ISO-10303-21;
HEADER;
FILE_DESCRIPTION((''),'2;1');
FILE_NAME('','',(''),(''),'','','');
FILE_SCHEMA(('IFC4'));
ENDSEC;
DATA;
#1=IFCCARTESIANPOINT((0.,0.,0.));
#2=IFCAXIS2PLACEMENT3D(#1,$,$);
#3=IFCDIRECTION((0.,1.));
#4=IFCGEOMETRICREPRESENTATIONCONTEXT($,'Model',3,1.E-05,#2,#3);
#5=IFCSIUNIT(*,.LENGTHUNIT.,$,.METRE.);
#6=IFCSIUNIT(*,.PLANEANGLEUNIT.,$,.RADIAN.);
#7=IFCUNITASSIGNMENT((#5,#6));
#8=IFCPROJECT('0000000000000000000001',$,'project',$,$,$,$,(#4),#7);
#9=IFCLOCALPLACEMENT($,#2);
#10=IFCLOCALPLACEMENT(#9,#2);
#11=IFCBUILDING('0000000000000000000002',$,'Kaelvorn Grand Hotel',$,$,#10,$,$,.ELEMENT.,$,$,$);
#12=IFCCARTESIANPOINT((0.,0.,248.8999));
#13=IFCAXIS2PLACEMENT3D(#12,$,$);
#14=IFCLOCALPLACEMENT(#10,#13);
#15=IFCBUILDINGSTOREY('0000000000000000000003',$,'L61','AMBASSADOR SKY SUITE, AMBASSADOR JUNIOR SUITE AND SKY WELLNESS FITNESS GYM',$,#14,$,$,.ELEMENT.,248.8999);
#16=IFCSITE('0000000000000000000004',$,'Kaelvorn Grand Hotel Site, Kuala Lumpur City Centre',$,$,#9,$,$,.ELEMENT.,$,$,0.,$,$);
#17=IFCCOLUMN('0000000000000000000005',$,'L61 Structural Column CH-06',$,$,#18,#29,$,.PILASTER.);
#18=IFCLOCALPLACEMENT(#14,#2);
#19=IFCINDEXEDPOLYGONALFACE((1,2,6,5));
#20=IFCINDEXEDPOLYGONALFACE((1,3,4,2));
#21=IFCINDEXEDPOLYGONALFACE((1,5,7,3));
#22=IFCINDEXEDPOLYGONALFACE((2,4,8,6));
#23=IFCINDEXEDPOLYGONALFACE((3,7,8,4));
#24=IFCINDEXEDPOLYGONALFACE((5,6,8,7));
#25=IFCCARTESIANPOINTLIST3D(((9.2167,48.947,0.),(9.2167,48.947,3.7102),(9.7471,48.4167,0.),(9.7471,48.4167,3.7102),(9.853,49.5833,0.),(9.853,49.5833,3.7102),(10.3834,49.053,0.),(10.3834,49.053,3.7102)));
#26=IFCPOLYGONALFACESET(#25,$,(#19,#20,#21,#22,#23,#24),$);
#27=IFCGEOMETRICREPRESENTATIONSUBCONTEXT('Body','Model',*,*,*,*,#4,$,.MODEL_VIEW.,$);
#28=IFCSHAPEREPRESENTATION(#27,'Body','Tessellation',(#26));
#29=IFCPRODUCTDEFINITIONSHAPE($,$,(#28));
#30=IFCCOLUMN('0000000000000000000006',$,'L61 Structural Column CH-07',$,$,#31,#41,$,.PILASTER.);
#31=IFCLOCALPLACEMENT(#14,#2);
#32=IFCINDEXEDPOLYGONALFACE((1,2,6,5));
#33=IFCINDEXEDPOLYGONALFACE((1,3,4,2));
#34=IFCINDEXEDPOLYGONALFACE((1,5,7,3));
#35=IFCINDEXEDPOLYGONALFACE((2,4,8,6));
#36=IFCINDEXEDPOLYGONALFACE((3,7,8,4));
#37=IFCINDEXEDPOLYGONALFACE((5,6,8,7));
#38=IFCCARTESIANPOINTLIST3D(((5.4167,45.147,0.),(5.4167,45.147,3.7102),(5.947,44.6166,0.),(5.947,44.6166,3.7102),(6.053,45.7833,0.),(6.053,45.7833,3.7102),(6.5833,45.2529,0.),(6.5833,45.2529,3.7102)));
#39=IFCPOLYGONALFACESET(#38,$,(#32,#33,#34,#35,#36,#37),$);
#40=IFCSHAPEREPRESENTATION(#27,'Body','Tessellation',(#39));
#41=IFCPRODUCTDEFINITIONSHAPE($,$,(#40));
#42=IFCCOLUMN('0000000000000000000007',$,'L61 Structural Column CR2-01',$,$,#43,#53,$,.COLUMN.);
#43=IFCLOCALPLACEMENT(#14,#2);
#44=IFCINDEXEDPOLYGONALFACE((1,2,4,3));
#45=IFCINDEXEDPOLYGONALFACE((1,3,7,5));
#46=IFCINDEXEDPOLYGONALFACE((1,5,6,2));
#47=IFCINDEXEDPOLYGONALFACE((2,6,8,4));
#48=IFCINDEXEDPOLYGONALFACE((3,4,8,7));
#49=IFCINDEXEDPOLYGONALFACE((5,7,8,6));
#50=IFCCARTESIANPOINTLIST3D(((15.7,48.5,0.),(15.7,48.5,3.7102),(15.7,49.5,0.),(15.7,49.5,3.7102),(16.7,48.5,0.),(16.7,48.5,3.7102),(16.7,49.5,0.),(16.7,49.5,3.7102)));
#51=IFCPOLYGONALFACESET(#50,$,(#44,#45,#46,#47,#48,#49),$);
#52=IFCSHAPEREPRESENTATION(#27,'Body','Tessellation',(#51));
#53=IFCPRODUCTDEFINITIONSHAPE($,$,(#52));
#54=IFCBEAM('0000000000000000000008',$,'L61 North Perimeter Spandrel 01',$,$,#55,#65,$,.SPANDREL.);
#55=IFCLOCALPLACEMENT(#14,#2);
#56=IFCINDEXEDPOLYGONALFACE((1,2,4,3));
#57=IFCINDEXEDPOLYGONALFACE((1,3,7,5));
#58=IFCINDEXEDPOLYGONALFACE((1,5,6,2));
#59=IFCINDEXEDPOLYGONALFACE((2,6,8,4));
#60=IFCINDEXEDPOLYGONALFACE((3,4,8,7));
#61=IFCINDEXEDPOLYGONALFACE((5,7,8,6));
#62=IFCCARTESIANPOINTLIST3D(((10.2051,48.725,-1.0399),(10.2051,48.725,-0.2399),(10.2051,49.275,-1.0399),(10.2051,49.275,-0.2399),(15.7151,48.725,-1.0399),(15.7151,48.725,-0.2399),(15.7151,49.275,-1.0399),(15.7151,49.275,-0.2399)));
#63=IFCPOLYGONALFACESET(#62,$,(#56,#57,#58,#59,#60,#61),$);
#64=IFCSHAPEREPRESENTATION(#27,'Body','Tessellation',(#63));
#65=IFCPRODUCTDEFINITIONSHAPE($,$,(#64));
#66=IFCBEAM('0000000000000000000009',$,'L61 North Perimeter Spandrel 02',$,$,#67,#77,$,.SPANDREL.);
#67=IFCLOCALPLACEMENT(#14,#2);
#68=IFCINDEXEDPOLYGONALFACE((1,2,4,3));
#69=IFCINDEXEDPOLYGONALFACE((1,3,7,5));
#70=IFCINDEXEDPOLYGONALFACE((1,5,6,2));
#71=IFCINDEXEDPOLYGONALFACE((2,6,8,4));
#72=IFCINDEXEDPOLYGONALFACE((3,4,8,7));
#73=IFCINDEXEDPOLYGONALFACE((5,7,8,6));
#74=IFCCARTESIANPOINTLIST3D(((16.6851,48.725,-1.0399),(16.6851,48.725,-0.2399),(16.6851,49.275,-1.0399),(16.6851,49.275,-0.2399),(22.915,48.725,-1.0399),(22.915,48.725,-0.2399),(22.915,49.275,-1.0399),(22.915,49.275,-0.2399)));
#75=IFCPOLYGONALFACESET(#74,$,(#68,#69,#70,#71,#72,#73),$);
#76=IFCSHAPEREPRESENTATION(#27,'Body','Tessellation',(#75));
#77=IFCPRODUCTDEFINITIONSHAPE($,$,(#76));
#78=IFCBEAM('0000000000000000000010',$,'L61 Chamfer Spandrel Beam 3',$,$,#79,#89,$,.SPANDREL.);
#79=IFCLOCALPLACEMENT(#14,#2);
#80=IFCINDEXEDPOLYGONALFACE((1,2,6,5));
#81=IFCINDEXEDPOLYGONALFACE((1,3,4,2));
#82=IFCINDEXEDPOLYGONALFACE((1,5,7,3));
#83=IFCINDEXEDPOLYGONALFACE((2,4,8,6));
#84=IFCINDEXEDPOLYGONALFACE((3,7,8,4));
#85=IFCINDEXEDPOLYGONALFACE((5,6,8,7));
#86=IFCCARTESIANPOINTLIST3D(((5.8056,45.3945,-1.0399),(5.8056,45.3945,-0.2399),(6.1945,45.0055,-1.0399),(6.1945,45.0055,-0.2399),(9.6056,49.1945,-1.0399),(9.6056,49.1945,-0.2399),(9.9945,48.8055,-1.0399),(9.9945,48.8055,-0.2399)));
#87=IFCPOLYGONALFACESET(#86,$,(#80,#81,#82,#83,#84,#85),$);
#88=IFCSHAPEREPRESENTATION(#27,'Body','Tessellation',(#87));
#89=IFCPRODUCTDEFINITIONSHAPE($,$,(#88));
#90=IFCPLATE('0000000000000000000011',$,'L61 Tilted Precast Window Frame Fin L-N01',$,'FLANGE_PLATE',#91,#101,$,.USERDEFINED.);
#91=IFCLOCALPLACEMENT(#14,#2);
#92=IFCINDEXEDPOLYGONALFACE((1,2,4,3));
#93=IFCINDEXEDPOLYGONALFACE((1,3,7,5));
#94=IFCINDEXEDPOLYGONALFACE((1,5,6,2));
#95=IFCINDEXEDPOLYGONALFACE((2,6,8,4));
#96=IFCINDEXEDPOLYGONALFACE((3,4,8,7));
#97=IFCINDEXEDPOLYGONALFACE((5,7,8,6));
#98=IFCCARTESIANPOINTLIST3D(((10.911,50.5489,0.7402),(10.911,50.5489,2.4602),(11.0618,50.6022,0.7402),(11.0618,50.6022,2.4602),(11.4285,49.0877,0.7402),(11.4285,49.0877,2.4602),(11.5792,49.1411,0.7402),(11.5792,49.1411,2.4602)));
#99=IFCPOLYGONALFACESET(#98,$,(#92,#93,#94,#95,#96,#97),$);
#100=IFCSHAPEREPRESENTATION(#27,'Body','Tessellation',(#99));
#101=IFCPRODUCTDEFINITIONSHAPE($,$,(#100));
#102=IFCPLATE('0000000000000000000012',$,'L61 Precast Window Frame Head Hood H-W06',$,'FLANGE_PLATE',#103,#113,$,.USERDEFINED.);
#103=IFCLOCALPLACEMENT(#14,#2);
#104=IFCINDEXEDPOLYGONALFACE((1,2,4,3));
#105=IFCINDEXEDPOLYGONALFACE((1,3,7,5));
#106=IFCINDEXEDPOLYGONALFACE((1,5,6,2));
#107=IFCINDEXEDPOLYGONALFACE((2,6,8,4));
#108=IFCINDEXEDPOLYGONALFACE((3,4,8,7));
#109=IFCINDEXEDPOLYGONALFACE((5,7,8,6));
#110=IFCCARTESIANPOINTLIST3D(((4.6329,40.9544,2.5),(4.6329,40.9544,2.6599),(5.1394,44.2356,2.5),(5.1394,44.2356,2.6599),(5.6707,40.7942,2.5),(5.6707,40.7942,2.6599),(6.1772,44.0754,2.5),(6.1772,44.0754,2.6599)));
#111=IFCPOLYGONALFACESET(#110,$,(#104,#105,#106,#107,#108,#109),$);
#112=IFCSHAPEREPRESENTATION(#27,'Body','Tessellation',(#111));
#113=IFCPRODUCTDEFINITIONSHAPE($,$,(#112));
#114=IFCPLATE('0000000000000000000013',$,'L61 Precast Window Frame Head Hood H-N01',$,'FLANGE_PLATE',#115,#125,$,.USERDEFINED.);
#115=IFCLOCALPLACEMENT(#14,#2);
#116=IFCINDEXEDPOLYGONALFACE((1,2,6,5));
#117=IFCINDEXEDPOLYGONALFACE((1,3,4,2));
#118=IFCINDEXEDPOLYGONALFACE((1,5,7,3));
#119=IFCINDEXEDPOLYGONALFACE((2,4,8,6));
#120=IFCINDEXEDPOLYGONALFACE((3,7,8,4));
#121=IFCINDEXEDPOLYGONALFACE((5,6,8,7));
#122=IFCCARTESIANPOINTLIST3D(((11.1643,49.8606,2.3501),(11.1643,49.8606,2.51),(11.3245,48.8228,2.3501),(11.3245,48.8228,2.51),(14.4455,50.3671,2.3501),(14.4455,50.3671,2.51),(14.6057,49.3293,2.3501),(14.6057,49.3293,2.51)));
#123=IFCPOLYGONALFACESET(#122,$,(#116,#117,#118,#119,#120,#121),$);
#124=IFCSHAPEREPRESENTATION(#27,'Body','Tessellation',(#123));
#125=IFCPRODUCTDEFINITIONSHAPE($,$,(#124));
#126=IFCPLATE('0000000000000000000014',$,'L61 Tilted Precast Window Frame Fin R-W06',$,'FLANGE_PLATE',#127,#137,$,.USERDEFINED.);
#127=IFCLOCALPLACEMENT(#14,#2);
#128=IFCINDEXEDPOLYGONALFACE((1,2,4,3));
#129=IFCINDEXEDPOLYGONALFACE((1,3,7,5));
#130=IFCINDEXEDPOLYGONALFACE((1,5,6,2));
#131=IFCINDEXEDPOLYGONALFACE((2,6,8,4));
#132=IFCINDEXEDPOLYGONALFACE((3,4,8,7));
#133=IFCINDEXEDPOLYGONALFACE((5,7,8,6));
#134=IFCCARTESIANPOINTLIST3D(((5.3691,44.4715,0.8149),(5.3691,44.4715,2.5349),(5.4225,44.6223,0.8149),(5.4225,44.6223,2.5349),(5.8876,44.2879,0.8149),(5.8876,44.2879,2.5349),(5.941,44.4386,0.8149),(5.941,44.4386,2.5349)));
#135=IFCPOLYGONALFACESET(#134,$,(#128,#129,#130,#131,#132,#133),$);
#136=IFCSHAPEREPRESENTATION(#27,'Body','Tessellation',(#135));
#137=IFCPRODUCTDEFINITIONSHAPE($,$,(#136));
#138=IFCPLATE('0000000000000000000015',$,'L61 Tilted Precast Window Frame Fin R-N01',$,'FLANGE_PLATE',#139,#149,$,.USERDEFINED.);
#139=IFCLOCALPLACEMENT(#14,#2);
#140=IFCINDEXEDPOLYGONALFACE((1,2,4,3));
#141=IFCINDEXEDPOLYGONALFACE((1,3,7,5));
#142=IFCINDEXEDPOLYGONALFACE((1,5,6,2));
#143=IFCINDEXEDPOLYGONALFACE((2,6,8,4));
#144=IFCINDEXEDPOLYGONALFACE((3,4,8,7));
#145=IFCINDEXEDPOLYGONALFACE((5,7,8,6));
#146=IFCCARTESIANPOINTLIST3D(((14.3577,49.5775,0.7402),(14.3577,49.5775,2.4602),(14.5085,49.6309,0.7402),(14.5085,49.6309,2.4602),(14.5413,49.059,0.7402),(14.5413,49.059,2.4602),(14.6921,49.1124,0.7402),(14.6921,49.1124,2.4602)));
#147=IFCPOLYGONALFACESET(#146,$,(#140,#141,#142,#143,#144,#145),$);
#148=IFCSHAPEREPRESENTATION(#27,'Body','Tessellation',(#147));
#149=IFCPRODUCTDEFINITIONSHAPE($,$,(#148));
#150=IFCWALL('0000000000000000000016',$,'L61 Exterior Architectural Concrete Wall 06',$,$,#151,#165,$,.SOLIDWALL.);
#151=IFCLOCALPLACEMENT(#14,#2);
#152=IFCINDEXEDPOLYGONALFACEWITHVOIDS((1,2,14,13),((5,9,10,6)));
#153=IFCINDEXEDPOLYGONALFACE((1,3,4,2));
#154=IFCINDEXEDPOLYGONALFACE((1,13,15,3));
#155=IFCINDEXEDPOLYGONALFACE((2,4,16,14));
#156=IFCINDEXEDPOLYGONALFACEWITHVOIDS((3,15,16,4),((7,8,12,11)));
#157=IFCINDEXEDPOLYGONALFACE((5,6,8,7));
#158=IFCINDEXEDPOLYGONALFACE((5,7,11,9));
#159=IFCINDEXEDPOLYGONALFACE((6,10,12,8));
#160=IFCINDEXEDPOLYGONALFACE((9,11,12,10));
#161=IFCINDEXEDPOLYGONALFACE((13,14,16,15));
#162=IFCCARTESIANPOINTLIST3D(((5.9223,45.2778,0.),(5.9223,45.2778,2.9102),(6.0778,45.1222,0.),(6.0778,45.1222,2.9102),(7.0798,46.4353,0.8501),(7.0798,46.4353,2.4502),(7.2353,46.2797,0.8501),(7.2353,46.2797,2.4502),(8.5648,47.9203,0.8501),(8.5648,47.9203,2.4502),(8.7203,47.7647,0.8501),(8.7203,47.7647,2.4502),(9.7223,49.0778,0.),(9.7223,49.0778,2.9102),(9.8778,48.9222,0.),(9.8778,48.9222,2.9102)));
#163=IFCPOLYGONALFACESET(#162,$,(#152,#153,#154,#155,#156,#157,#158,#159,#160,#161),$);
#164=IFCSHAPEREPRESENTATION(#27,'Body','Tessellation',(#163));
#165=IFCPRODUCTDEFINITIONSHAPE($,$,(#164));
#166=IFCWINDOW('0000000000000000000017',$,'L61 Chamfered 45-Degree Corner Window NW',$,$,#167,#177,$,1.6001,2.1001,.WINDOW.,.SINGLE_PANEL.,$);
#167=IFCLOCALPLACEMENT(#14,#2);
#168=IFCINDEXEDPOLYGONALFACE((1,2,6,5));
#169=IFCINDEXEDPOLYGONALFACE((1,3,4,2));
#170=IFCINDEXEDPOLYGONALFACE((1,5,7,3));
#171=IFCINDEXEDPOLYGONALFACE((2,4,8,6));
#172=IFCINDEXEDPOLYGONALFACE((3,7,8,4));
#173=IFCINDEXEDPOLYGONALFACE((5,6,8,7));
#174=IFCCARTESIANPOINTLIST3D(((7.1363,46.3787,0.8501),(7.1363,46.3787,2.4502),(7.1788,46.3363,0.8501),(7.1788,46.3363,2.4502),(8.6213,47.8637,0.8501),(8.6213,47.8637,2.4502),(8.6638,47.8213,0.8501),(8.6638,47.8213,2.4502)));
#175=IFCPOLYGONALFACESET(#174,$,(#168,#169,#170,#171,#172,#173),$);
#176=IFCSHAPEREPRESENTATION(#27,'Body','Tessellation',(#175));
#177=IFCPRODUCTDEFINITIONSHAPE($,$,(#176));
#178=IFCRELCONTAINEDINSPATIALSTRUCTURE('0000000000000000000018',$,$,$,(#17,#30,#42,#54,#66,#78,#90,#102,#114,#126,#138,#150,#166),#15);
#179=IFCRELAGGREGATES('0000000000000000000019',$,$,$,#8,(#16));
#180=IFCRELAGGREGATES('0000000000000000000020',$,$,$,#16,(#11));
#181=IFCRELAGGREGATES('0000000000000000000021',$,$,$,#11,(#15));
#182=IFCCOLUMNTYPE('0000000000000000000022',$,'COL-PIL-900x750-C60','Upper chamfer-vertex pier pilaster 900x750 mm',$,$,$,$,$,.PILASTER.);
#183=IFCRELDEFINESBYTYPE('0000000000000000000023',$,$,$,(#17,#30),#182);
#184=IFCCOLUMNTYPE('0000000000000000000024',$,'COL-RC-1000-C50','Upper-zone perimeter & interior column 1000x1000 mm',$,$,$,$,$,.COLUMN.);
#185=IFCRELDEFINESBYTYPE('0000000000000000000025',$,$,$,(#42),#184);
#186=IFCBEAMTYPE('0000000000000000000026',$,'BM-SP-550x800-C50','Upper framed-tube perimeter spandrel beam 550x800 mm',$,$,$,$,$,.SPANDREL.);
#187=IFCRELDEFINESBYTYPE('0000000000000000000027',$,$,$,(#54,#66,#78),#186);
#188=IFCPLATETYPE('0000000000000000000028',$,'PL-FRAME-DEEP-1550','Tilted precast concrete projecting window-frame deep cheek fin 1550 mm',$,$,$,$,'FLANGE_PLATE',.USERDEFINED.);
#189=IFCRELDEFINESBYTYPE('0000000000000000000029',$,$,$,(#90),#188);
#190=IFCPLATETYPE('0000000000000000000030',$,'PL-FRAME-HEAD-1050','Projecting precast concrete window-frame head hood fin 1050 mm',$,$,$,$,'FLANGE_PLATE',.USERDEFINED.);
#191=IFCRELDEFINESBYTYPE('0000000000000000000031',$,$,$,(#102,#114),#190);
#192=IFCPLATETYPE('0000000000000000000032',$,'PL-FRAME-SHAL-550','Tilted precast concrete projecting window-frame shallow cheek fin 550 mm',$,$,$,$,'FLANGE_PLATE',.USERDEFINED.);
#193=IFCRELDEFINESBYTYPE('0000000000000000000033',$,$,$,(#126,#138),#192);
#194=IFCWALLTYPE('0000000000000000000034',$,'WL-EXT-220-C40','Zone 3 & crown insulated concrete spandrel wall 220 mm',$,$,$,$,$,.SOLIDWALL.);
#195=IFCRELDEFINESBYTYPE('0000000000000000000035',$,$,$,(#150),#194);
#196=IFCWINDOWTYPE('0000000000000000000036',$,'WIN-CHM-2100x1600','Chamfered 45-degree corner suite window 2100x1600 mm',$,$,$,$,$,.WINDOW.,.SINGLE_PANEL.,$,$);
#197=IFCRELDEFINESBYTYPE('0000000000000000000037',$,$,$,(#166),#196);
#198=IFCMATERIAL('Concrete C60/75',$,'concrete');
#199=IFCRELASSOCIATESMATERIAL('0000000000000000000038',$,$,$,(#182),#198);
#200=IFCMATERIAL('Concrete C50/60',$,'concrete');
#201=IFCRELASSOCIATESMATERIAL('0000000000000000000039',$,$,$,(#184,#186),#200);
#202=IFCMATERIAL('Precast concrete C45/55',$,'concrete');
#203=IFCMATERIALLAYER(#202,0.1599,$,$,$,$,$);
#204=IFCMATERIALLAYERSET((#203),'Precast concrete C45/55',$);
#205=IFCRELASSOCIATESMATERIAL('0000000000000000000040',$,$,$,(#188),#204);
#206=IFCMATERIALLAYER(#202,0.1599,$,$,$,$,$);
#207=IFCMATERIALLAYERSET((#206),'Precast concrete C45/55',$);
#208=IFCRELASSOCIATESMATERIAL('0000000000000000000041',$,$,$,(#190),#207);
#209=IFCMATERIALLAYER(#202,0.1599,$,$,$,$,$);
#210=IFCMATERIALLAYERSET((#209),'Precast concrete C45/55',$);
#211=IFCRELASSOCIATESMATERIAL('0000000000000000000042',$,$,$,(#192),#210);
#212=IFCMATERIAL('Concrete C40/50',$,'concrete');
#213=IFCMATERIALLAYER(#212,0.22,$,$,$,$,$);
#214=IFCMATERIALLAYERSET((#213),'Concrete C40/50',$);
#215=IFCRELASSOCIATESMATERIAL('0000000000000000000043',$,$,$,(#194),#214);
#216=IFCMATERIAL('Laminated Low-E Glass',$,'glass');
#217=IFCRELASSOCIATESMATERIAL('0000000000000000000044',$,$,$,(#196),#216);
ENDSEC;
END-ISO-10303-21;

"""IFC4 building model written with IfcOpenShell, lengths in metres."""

from ifc_helpers import new_model, si_unit, direction, frame, frame_2d, origin, origin_2d, place, context, subcontext, project, spatial, rectangle, extrude, material, layer, layer_set, material_profile, profile_set, type_object, element, fill, save


model = new_model("IFC4")

# Units and contexts
model_context = context("Model", 3, precision=1e-05, world=origin(), true_north=direction((0.0, 1.0)))
body_context = subcontext(model_context, "Body", "Model", "MODEL_VIEW")
ifc_project = project(units=[si_unit("LENGTHUNIT", "METRE"), si_unit("PLANEANGLEUNIT", "RADIAN")], contexts=[model_context])

# Site, building, storey
site_placement = place(None, origin())
site = spatial("IfcSite", under=ifc_project, at=site_placement, Name="Kaelvorn Grand Hotel Site, Kuala Lumpur City Centre", CompositionType="ELEMENT", RefElevation=0.0)
building_placement = place(site_placement, origin())
building = spatial("IfcBuilding", under=site, at=building_placement, Name="Kaelvorn Grand Hotel", CompositionType="ELEMENT")
storey_placement = place(building_placement, frame((0.0, 0.0, 248.8999)))
storey = spatial("IfcBuildingStorey", under=building, at=storey_placement, Name="L61", Description="AMBASSADOR SKY SUITE, AMBASSADOR JUNIOR SUITE AND SKY WELLNESS FITNESS GYM", CompositionType="ELEMENT", Elevation=248.8999)

# Columns
ifc_material_1 = material(Name="Concrete C60/75", Category="concrete")
ifc_material_profile_1 = material_profile(ifc_material_1, rectangle(XDim=0.8999, YDim=0.75, at=origin_2d()), Name="RC PILASTER 900x750")
ifc_profile_set_1 = profile_set([ifc_material_profile_1], Name="Concrete C60/75")
column_type_1 = type_object("IfcColumnType", Name="COL-PIL-900x750-C60", Description="Upper chamfer-vertex pier pilaster 900x750 mm", PredefinedType="PILASTER", material=ifc_profile_set_1)
for number, where, z_axis, x_axis, name in (
    (1, (9.8, 49.0, 0.0), (0.0, 0.0, 1.0), (0.707107, 0.707107, 0.0), "L61 Structural Column CH-06"),
    (2, (6.0, 45.2, 0.0), (0.0, 0.0, 1.0), (0.707107, 0.707107, 0.0), "L61 Structural Column CH-07"),
):
    element("IfcColumn", number, at=place(storey_placement, frame(where, z_axis=z_axis, x_axis=x_axis)), inside=storey, type_object=column_type_1, Name=name, PredefinedType="PILASTER", context=body_context, shape_type="SweptSolid", body=[
        extrude(rectangle(XDim=0.8999, YDim=0.75, at=origin_2d()), origin(), (0.0, 0.0, 1.0), 3.7102),
    ])
ifc_material_2 = material(Name="Concrete C50/60", Category="concrete")
ifc_material_profile_2 = material_profile(ifc_material_2, rectangle(XDim=1.0, YDim=1.0, at=origin_2d()), Name="RC COL 1000x1000")
ifc_profile_set_2 = profile_set([ifc_material_profile_2], Name="Concrete C50/60")
column_type_2 = type_object("IfcColumnType", Name="COL-RC-1000-C50", Description="Upper-zone perimeter & interior column 1000x1000 mm", PredefinedType="COLUMN", material=ifc_profile_set_2)
column_placement = place(storey_placement, frame((16.2, 49.0, 0.0), z_axis=(0.0, 0.0, 1.0), x_axis=(1.0, 0.0, 0.0)))
element("IfcColumn", 3, at=column_placement, inside=storey, type_object=column_type_2, Name="L61 Structural Column CR2-01", PredefinedType="COLUMN", context=body_context, shape_type="SweptSolid", body=[
    extrude(rectangle(XDim=1.0, YDim=1.0, at=origin_2d()), origin(), (0.0, 0.0, 1.0), 3.7102),
])

# Beams
ifc_material_profile_3 = material_profile(ifc_material_2, rectangle(XDim=0.55, YDim=0.8, at=origin_2d()), Name="RC SPANDREL 550x800")
ifc_profile_set_3 = profile_set([ifc_material_profile_3], Name="Concrete C50/60")
beam_type = type_object("IfcBeamType", Name="BM-SP-550x800-C50", Description="Upper framed-tube perimeter spandrel beam 550x800 mm", PredefinedType="SPANDREL", material=ifc_profile_set_3)
beam_1_placement = place(storey_placement, frame((10.2051, 49.0, -0.6399), z_axis=(1.0, 0.0, 0.0), x_axis=(0.0, 1.0, 0.0)))
element("IfcBeam", 4, at=beam_1_placement, inside=storey, type_object=beam_type, Name="L61 North Perimeter Spandrel 01", PredefinedType="SPANDREL", context=body_context, shape_type="SweptSolid", body=[
    extrude(rectangle(XDim=0.55, YDim=0.8, at=origin_2d()), origin(), (0.0, 0.0, 1.0), 5.51),
])
beam_2_placement = place(storey_placement, frame((16.6851, 49.0, -0.6399), z_axis=(1.0, 0.0, 0.0), x_axis=(0.0, 1.0, 0.0)))
element("IfcBeam", 5, at=beam_2_placement, inside=storey, type_object=beam_type, Name="L61 North Perimeter Spandrel 02", PredefinedType="SPANDREL", context=body_context, shape_type="SweptSolid", body=[
    extrude(rectangle(XDim=0.55, YDim=0.8, at=origin_2d()), origin(), (0.0, 0.0, 1.0), 6.23),
])
beam_3_placement = place(storey_placement, frame((9.8, 49.0, -0.6399), z_axis=(-0.707107, -0.707107, 0.0), x_axis=(0.707107, -0.707107, 0.0)))
element("IfcBeam", 6, at=beam_3_placement, inside=storey, type_object=beam_type, Name="L61 Chamfer Spandrel Beam 3", PredefinedType="SPANDREL", context=body_context, shape_type="SweptSolid", body=[
    extrude(rectangle(XDim=0.55, YDim=0.8, at=origin_2d()), origin(), (0.0, 0.0, 1.0), 5.374),
])

# Plates
ifc_material_3 = material(Name="Precast concrete C45/55", Category="concrete")
ifc_layer_1 = layer(ifc_material_3, 0.1599)
ifc_layer_set_1 = layer_set([ifc_layer_1], Name="Precast concrete C45/55")
plate_type_1 = type_object("IfcPlateType", Name="PL-FRAME-DEEP-1550", Description="Tilted precast concrete projecting window-frame deep cheek fin 1550 mm", ElementType="FLANGE_PLATE", PredefinedType="USERDEFINED", material=ifc_layer_set_1)
plate_placement = place(storey_placement, frame((11.2451, 49.845, 0.7402), z_axis=(0.0, 0.0, 1.0), x_axis=(0.942641, 0.333807, 0.0)))
element("IfcPlate", 7, at=plate_placement, inside=storey, type_object=plate_type_1, Name="L61 Tilted Precast Window Frame Fin L-N01", ObjectType="FLANGE_PLATE", PredefinedType="USERDEFINED", context=body_context, shape_type="SweptSolid", body=[
    extrude(rectangle(XDim=0.1599, YDim=1.55, at=origin_2d()), origin(), (0.0, 0.0, 1.0), 1.72),
])
ifc_layer_2 = layer(ifc_material_3, 0.1599)
ifc_layer_set_2 = layer_set([ifc_layer_2], Name="Precast concrete C45/55")
plate_type_2 = type_object("IfcPlateType", Name="PL-FRAME-HEAD-1050", Description="Projecting precast concrete window-frame head hood fin 1050 mm", ElementType="FLANGE_PLATE", PredefinedType="USERDEFINED", material=ifc_layer_set_2)
for number, where, z_axis, x_axis, name in (
    (8, (5.405, 42.5149, 2.5), (0.0, 0.0, 1.0), (0.152555, 0.988295, 0.0), "L61 Precast Window Frame Head Hood H-W06"),
    (9, (12.885, 49.595, 2.3501), (0.0, 0.0, 1.0), (0.988295, 0.152555, 0.0), "L61 Precast Window Frame Head Hood H-N01"),
):
    element("IfcPlate", number, at=place(storey_placement, frame(where, z_axis=z_axis, x_axis=x_axis)), inside=storey, type_object=plate_type_2, Name=name, ObjectType="FLANGE_PLATE", PredefinedType="USERDEFINED", context=body_context, shape_type="SweptSolid", body=[
        extrude(rectangle(XDim=3.3201, YDim=1.05, at=origin_2d()), origin(), (0.0, 0.0, 1.0), 0.1599),
    ])
ifc_layer_3 = layer(ifc_material_3, 0.1599)
ifc_layer_set_3 = layer_set([ifc_layer_3], Name="Precast concrete C45/55")
plate_type_3 = type_object("IfcPlateType", Name="PL-FRAME-SHAL-550", Description="Tilted precast concrete projecting window-frame shallow cheek fin 550 mm", ElementType="FLANGE_PLATE", PredefinedType="USERDEFINED", material=ifc_layer_set_3)
for number, where, z_axis, x_axis, name in (
    (10, (5.655, 44.4551, 0.8149), (0.0, 0.0, 1.0), (0.333807, 0.942641, 0.0), "L61 Tilted Precast Window Frame Fin R-W06"),
    (11, (14.5249, 49.345, 0.7402), (0.0, 0.0, 1.0), (0.942641, 0.333807, 0.0), "L61 Tilted Precast Window Frame Fin R-N01"),
):
    element("IfcPlate", number, at=place(storey_placement, frame(where, z_axis=z_axis, x_axis=x_axis)), inside=storey, type_object=plate_type_3, Name=name, ObjectType="FLANGE_PLATE", PredefinedType="USERDEFINED", context=body_context, shape_type="SweptSolid", body=[
        extrude(rectangle(XDim=0.1599, YDim=0.55, at=origin_2d()), origin(), (0.0, 0.0, 1.0), 1.72),
    ])

# Wall, opening, window
ifc_material_4 = material(Name="Concrete C40/50", Category="concrete")
ifc_layer_4 = layer(ifc_material_4, 0.22)
ifc_layer_set_4 = layer_set([ifc_layer_4], Name="Concrete C40/50")
wall_type_1 = type_object("IfcWallType", Name="WL-EXT-220-C40", Description="Zone 3 & crown insulated concrete spandrel wall 220 mm", PredefinedType="SOLIDWALL", material=ifc_layer_set_4)
wall_1_placement = place(storey_placement, frame((9.8, 49.0, 0.0), z_axis=(0.0, 0.0, 1.0), x_axis=(-0.707107, -0.707107, 0.0)))
wall_1 = element("IfcWall", 12, at=wall_1_placement, inside=storey, type_object=wall_type_1, Name="L61 Exterior Architectural Concrete Wall 06", PredefinedType="SOLIDWALL", context=body_context, shape_type="SweptSolid", body=[
    extrude(rectangle(XDim=5.374, YDim=0.22, at=frame_2d((2.687, 0.0))), origin(), (0.0, 0.0, 1.0), 2.9102),
])
opening_1_placement = place(wall_1_placement, frame((1.637, 0.0, 0.8501)))
opening_1 = element("IfcOpeningElement", 13, at=opening_1_placement, cuts=wall_1, PredefinedType="OPENING", context=body_context, shape_type="SweptSolid", body=[
    extrude(rectangle(XDim=2.1001, YDim=1.6001, at=frame_2d((1.05, 0.8))), frame((0.0, 0.1201, 0.0), z_axis=(0.0, -1.0, 0.0), x_axis=(1.0, 0.0, 0.0)), (0.0, 0.0, 1.0), 0.24),
])
ifc_material_5 = material(Name="Laminated Low-E Glass", Category="glass")
window_type_1 = type_object("IfcWindowType", Name="WIN-CHM-2100x1600", Description="Chamfered 45-degree corner suite window 2100x1600 mm", PartitioningType="SINGLE_PANEL", PredefinedType="WINDOW", material=ifc_material_5)
window_1_placement = place(opening_1_placement, origin())
window_1 = element("IfcWindow", 14, at=window_1_placement, inside=storey, type_object=window_type_1, Name="L61 Chamfered 45-Degree Corner Window NW", OverallHeight=1.6001, OverallWidth=2.1001, PartitioningType="SINGLE_PANEL", PredefinedType="WINDOW", context=body_context, shape_type="SweptSolid", body=[
    extrude(rectangle(XDim=2.1001, YDim=1.6001, at=frame_2d((1.05, 0.8))), frame((0.0, 0.03, 0.0), z_axis=(0.0, -1.0, 0.0), x_axis=(1.0, 0.0, 0.0)), (0.0, 0.0, 1.0), 0.0601),
])
fill(opening_1, window_1)

save(model, "model.ifc")
